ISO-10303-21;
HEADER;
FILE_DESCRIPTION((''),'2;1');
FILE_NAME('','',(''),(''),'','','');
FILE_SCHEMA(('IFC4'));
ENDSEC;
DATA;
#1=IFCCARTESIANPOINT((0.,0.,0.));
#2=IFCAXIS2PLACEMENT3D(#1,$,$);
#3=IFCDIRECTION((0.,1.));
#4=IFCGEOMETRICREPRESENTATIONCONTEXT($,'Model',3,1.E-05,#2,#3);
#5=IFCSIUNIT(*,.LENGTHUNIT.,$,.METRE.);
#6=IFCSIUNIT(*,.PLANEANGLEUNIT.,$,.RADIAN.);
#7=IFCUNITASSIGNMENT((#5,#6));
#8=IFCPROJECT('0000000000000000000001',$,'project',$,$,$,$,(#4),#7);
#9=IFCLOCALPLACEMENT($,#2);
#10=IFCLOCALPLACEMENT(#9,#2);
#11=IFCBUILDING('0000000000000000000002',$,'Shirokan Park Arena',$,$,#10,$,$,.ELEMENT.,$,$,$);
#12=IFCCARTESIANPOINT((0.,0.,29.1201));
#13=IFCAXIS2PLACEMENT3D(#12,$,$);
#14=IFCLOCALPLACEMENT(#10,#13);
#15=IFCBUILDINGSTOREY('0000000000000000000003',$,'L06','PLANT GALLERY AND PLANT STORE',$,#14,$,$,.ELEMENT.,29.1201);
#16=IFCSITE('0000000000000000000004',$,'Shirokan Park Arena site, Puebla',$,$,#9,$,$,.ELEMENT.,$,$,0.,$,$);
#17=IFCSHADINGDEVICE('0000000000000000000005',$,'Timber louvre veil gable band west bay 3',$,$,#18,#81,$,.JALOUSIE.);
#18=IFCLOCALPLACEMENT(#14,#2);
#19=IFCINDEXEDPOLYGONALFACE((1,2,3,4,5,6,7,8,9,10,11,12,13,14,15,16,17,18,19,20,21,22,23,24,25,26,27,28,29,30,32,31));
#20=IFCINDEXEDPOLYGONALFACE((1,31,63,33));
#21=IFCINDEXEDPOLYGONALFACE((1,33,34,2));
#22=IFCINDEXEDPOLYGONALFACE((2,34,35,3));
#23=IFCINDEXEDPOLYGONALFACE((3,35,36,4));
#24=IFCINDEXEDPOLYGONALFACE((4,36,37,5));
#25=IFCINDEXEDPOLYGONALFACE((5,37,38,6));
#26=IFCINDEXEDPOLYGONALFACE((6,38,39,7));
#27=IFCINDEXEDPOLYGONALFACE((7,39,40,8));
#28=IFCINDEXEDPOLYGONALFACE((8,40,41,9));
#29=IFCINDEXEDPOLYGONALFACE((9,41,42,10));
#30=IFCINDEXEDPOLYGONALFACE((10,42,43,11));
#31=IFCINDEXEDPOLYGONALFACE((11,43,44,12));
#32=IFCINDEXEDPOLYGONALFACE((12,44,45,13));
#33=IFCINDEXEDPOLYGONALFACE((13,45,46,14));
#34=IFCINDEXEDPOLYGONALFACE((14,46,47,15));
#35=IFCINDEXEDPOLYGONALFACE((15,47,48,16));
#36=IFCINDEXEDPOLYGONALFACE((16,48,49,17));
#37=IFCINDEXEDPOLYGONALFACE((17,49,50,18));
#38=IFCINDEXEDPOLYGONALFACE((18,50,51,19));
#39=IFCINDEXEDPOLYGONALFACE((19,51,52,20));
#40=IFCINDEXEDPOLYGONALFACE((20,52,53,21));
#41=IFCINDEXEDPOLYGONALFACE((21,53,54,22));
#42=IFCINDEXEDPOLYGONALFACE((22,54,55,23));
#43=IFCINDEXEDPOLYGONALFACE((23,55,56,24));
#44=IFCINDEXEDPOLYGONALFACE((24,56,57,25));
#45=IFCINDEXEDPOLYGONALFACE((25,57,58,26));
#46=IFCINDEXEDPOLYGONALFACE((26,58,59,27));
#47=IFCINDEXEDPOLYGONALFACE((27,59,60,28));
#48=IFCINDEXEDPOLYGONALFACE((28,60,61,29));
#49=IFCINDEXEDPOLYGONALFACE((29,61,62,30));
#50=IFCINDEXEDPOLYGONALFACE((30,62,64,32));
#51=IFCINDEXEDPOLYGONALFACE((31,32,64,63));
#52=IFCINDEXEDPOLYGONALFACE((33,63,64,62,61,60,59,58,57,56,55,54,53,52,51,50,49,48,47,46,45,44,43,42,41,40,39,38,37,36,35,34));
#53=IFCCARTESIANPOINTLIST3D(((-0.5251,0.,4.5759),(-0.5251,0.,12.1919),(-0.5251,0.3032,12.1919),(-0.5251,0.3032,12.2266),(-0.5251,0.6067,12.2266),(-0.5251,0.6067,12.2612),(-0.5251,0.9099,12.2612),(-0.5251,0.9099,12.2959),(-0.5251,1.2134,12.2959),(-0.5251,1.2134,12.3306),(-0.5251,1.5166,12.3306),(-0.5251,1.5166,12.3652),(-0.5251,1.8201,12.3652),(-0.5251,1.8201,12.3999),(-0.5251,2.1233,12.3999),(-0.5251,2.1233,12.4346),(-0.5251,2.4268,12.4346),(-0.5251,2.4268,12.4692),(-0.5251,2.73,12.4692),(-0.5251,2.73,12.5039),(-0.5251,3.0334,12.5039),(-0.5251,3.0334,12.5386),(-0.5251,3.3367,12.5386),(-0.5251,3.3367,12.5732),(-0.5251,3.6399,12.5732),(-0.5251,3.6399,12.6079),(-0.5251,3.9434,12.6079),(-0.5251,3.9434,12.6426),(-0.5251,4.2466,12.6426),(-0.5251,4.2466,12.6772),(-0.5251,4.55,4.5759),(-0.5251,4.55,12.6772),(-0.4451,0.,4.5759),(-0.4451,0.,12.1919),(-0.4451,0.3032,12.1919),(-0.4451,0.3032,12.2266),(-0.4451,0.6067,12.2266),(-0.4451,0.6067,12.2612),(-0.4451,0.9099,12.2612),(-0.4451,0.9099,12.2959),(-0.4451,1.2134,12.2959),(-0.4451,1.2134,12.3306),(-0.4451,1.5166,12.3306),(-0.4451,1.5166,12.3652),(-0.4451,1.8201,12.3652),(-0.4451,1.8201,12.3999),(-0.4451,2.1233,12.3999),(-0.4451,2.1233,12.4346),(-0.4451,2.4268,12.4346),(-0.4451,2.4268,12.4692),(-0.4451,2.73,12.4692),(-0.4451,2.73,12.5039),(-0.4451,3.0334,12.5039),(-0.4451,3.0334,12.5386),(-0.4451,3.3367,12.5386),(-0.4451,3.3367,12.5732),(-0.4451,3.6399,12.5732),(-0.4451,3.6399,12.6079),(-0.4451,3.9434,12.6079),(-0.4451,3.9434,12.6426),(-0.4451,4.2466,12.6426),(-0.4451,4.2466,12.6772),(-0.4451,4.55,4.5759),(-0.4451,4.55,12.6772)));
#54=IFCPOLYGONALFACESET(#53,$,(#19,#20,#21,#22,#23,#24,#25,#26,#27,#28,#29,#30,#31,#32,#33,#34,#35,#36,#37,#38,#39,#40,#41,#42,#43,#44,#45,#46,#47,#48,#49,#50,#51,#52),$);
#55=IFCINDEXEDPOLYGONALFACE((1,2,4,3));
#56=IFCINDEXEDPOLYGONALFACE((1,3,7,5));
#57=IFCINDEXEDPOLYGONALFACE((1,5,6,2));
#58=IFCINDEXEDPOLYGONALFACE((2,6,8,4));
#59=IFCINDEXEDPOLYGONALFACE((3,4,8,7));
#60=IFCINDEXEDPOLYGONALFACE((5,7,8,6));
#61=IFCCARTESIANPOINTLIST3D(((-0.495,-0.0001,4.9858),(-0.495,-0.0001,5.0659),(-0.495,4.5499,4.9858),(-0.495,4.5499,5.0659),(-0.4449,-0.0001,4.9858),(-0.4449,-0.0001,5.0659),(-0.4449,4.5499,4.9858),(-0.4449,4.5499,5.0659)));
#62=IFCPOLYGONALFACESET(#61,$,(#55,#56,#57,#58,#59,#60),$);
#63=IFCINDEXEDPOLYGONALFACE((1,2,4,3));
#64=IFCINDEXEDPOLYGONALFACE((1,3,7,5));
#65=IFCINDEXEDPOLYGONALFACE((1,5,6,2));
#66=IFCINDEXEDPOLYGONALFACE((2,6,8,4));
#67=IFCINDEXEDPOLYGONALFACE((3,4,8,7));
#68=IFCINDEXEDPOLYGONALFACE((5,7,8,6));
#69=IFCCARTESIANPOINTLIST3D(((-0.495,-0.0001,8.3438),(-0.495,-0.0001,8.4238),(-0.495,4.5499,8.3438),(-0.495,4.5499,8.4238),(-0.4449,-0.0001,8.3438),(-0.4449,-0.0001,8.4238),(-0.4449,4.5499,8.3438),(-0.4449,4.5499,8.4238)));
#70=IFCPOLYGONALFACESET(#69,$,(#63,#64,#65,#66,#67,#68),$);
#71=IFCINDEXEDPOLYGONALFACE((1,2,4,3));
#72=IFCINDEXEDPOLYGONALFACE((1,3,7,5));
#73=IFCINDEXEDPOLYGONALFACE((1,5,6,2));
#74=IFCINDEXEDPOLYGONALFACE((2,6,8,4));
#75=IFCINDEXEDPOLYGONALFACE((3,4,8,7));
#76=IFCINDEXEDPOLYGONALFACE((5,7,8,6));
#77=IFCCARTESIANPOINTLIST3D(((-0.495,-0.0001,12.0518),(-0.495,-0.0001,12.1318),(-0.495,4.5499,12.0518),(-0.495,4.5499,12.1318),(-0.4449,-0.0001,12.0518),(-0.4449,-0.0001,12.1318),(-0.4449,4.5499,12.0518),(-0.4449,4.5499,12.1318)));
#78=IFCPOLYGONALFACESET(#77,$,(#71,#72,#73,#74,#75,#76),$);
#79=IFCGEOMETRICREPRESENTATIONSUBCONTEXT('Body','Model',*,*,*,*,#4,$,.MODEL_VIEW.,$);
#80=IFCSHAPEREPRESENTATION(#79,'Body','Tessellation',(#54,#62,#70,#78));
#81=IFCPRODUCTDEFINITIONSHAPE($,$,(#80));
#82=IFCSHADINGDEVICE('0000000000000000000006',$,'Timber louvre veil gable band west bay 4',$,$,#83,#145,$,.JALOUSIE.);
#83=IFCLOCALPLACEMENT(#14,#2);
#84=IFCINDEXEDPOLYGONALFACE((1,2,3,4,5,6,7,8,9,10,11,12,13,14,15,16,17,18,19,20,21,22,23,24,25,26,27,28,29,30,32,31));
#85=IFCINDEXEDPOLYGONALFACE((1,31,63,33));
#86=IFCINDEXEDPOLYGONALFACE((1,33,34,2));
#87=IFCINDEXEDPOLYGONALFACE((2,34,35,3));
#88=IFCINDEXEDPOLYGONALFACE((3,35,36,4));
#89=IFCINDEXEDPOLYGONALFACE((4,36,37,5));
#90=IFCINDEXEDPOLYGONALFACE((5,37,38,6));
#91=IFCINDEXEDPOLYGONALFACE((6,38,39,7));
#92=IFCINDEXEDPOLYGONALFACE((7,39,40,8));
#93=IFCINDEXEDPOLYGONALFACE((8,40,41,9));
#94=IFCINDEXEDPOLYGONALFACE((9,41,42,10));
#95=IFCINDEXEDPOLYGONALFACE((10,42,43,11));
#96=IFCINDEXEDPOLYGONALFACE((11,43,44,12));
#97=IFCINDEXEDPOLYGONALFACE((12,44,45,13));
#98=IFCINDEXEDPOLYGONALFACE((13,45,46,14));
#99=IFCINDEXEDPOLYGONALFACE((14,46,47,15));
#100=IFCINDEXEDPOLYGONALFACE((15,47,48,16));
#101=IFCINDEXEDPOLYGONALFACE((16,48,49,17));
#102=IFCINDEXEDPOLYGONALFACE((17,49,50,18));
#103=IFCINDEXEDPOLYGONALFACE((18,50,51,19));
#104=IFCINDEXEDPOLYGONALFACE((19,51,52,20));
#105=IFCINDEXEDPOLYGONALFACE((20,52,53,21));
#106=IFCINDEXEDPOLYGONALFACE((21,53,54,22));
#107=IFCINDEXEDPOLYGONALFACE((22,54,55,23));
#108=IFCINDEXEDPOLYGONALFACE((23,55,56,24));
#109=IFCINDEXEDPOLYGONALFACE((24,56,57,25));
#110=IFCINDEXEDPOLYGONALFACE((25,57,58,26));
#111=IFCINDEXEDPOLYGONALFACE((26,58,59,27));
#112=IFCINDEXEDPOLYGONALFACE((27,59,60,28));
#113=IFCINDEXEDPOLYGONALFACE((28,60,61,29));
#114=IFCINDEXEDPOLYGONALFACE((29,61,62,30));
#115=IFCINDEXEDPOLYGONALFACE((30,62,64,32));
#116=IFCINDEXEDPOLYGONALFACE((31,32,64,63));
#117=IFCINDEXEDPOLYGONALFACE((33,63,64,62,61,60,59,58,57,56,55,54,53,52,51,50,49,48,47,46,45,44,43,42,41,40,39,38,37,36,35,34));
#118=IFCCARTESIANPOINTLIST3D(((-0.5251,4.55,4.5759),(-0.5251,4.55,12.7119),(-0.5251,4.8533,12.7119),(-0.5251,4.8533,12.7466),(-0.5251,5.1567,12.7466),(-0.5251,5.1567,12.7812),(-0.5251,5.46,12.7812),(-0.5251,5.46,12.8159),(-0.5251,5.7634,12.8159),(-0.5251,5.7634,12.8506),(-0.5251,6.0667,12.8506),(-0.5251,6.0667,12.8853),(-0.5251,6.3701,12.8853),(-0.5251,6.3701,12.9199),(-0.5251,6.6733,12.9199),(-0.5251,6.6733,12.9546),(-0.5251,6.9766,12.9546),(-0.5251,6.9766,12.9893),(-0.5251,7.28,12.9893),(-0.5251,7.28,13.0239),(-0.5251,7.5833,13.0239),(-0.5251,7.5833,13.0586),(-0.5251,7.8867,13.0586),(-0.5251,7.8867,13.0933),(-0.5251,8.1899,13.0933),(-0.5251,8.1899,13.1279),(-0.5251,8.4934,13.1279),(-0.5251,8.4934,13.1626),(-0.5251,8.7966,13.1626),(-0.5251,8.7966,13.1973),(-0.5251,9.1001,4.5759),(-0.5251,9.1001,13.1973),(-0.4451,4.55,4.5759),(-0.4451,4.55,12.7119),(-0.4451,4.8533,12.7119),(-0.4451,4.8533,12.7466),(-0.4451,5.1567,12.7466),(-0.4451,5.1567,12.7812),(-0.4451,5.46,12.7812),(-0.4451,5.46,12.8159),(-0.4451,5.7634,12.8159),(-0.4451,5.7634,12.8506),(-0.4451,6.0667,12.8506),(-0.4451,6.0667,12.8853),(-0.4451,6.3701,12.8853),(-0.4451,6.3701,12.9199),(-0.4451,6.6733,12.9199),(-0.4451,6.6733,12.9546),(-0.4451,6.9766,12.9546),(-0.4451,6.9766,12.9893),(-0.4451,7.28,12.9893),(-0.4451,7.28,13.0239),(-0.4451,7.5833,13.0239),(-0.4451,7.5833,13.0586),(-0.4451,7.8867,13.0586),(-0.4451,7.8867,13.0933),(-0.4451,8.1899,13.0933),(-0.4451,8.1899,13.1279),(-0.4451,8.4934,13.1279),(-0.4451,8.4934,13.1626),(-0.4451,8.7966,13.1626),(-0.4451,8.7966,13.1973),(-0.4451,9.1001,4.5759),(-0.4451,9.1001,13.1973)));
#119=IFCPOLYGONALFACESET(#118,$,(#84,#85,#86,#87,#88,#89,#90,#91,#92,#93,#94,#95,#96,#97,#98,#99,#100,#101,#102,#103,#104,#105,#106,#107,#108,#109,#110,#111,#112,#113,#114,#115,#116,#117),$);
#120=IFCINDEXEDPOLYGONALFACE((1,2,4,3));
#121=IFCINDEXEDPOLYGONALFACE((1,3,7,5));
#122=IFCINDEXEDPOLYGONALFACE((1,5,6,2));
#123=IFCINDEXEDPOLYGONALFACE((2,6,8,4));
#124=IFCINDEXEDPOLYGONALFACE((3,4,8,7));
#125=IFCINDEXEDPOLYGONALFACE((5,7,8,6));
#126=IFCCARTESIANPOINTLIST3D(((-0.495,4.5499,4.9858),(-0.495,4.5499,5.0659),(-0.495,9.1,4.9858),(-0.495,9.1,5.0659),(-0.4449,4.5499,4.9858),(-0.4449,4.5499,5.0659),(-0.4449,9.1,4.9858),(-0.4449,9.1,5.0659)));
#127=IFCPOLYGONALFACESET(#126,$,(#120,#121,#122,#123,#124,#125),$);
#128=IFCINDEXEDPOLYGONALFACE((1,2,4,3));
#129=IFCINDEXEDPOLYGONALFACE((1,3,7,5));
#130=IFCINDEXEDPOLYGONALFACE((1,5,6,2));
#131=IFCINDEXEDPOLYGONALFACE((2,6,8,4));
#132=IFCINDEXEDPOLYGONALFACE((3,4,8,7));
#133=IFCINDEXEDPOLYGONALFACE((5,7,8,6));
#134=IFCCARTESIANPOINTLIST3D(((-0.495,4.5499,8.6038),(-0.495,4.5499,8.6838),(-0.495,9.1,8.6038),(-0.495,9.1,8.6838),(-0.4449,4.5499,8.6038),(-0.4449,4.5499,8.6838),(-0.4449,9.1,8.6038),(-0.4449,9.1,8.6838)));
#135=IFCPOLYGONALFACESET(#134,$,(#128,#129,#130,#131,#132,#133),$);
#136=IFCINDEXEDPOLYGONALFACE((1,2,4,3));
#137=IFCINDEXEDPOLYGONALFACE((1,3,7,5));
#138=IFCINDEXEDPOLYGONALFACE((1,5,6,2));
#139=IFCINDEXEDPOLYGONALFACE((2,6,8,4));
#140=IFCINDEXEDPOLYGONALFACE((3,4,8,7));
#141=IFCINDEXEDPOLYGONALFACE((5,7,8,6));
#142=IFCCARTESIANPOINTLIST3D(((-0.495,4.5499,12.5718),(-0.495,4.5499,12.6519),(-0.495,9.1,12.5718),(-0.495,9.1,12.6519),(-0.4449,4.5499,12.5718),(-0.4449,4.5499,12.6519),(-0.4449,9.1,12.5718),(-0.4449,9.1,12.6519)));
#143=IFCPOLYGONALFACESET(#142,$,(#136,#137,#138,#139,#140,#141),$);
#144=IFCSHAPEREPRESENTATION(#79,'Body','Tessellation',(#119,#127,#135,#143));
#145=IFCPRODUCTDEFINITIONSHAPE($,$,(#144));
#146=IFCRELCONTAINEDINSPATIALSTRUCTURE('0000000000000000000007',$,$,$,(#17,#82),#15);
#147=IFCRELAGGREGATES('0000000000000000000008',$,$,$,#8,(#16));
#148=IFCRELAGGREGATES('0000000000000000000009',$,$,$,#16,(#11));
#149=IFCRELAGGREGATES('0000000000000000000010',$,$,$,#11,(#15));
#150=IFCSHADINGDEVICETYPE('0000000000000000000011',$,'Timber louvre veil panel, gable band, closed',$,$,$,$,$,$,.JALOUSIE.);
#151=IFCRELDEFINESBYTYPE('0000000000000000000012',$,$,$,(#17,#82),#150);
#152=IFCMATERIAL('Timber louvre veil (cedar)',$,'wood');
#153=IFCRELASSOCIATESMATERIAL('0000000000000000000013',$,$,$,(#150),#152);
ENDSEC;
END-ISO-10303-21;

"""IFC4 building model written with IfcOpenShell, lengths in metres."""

from ifc_helpers import new_model, si_unit, direction, frame, origin, origin_2d, place, context, subcontext, project, spatial, polyline, rectangle, outline, extrude, material, type_object, element, save


model = new_model("IFC4")

# Units and contexts
model_context = context("Model", 3, precision=1e-05, world=origin(), true_north=direction((0.0, 1.0)))
body_context = subcontext(model_context, "Body", "Model", "MODEL_VIEW")
ifc_project = project(units=[si_unit("LENGTHUNIT", "METRE"), si_unit("PLANEANGLEUNIT", "RADIAN")], contexts=[model_context])

# Site, building, storey
site_placement = place(None, origin())
site = spatial("IfcSite", under=ifc_project, at=site_placement, Name="Shirokan Park Arena site, Puebla", CompositionType="ELEMENT", RefElevation=0.0)
building_placement = place(site_placement, origin())
building = spatial("IfcBuilding", under=site, at=building_placement, Name="Shirokan Park Arena", CompositionType="ELEMENT")
storey_placement = place(building_placement, frame((0.0, 0.0, 29.1201)))
storey = spatial("IfcBuildingStorey", under=building, at=storey_placement, Name="L06", Description="PLANT GALLERY AND PLANT STORE", CompositionType="ELEMENT", Elevation=29.1201)

# Shading devices
ifc_material = material(Name="Timber louvre veil (cedar)", Category="wood")
shading_device_type_1 = type_object("IfcShadingDeviceType", Name="Timber louvre veil panel, gable band, closed", PredefinedType="JALOUSIE", material=ifc_material)
shading_device_1_placement = place(storey_placement, origin())
element("IfcShadingDevice", 1, at=shading_device_1_placement, inside=storey, type_object=shading_device_type_1, Name="Timber louvre veil gable band west bay 3", PredefinedType="JALOUSIE", context=body_context, shape_type="SweptSolid", body=[
    extrude(outline(polyline([(0.3032, 12.1919), (0.0, 12.1919), (0.0, 4.5759), (4.55, 4.5759), (4.55, 12.6772), (4.2466, 12.6772), (4.2466, 12.6426), (3.9434, 12.6426), (3.9434, 12.6079), (3.6399, 12.6079), (3.6399, 12.5732), (3.3367, 12.5732), (3.3367, 12.5386), (3.0334, 12.5386), (3.0334, 12.5039), (2.73, 12.5039), (2.73, 12.4692), (2.4268, 12.4692), (2.4268, 12.4346), (2.1233, 12.4346), (2.1233, 12.3999), (1.8201, 12.3999), (1.8201, 12.3652), (1.5166, 12.3652), (1.5166, 12.3306), (1.2134, 12.3306), (1.2134, 12.2959), (0.9099, 12.2959), (0.9099, 12.2612), (0.6067, 12.2612), (0.6067, 12.2266), (0.3032, 12.2266), (0.3032, 12.1919)])), frame((-0.5251, 0.0, 0.0), z_axis=(1.0, 0.0, 0.0), x_axis=(0.0, 1.0, 0.0)), (0.0, 0.0, 1.0), 0.0801),
    extrude(rectangle(XDim=0.05, YDim=4.55, at=origin_2d()), frame((-0.47, 2.2749, 4.9858), z_axis=(0.0, 0.0, 1.0), x_axis=(1.0, 0.0, 0.0)), (0.0, 0.0, 1.0), 0.0801),
    extrude(rectangle(XDim=0.05, YDim=4.55, at=origin_2d()), frame((-0.47, 2.2749, 8.3438), z_axis=(0.0, 0.0, 1.0), x_axis=(1.0, 0.0, 0.0)), (0.0, 0.0, 1.0), 0.0801),
    extrude(rectangle(XDim=0.05, YDim=4.55, at=origin_2d()), frame((-0.47, 2.2749, 12.0518), z_axis=(0.0, 0.0, 1.0), x_axis=(1.0, 0.0, 0.0)), (0.0, 0.0, 1.0), 0.0801),
])
shading_device_2_placement = place(storey_placement, origin())
element("IfcShadingDevice", 2, at=shading_device_2_placement, inside=storey, type_object=shading_device_type_1, Name="Timber louvre veil gable band west bay 4", PredefinedType="JALOUSIE", context=body_context, shape_type="SweptSolid", body=[
    extrude(outline(polyline([(4.8533, 12.7119), (4.55, 12.7119), (4.55, 4.5759), (9.1001, 4.5759), (9.1001, 13.1973), (8.7966, 13.1973), (8.7966, 13.1626), (8.4934, 13.1626), (8.4934, 13.1279), (8.1899, 13.1279), (8.1899, 13.0933), (7.8867, 13.0933), (7.8867, 13.0586), (7.5833, 13.0586), (7.5833, 13.0239), (7.28, 13.0239), (7.28, 12.9893), (6.9766, 12.9893), (6.9766, 12.9546), (6.6733, 12.9546), (6.6733, 12.9199), (6.3701, 12.9199), (6.3701, 12.8853), (6.0667, 12.8853), (6.0667, 12.8506), (5.7634, 12.8506), (5.7634, 12.8159), (5.46, 12.8159), (5.46, 12.7812), (5.1567, 12.7812), (5.1567, 12.7466), (4.8533, 12.7466), (4.8533, 12.7119)])), frame((-0.5251, 0.0, 0.0), z_axis=(1.0, 0.0, 0.0), x_axis=(0.0, 1.0, 0.0)), (0.0, 0.0, 1.0), 0.0801),
    extrude(rectangle(XDim=0.05, YDim=4.55, at=origin_2d()), frame((-0.47, 6.825, 4.9858), z_axis=(0.0, 0.0, 1.0), x_axis=(1.0, 0.0, 0.0)), (0.0, 0.0, 1.0), 0.0801),
    extrude(rectangle(XDim=0.05, YDim=4.55, at=origin_2d()), frame((-0.47, 6.825, 8.6038), z_axis=(0.0, 0.0, 1.0), x_axis=(1.0, 0.0, 0.0)), (0.0, 0.0, 1.0), 0.0801),
    extrude(rectangle(XDim=0.05, YDim=4.55, at=origin_2d()), frame((-0.47, 6.825, 12.5718), z_axis=(0.0, 0.0, 1.0), x_axis=(1.0, 0.0, 0.0)), (0.0, 0.0, 1.0), 0.0801),
])

save(model, "model.ifc")
